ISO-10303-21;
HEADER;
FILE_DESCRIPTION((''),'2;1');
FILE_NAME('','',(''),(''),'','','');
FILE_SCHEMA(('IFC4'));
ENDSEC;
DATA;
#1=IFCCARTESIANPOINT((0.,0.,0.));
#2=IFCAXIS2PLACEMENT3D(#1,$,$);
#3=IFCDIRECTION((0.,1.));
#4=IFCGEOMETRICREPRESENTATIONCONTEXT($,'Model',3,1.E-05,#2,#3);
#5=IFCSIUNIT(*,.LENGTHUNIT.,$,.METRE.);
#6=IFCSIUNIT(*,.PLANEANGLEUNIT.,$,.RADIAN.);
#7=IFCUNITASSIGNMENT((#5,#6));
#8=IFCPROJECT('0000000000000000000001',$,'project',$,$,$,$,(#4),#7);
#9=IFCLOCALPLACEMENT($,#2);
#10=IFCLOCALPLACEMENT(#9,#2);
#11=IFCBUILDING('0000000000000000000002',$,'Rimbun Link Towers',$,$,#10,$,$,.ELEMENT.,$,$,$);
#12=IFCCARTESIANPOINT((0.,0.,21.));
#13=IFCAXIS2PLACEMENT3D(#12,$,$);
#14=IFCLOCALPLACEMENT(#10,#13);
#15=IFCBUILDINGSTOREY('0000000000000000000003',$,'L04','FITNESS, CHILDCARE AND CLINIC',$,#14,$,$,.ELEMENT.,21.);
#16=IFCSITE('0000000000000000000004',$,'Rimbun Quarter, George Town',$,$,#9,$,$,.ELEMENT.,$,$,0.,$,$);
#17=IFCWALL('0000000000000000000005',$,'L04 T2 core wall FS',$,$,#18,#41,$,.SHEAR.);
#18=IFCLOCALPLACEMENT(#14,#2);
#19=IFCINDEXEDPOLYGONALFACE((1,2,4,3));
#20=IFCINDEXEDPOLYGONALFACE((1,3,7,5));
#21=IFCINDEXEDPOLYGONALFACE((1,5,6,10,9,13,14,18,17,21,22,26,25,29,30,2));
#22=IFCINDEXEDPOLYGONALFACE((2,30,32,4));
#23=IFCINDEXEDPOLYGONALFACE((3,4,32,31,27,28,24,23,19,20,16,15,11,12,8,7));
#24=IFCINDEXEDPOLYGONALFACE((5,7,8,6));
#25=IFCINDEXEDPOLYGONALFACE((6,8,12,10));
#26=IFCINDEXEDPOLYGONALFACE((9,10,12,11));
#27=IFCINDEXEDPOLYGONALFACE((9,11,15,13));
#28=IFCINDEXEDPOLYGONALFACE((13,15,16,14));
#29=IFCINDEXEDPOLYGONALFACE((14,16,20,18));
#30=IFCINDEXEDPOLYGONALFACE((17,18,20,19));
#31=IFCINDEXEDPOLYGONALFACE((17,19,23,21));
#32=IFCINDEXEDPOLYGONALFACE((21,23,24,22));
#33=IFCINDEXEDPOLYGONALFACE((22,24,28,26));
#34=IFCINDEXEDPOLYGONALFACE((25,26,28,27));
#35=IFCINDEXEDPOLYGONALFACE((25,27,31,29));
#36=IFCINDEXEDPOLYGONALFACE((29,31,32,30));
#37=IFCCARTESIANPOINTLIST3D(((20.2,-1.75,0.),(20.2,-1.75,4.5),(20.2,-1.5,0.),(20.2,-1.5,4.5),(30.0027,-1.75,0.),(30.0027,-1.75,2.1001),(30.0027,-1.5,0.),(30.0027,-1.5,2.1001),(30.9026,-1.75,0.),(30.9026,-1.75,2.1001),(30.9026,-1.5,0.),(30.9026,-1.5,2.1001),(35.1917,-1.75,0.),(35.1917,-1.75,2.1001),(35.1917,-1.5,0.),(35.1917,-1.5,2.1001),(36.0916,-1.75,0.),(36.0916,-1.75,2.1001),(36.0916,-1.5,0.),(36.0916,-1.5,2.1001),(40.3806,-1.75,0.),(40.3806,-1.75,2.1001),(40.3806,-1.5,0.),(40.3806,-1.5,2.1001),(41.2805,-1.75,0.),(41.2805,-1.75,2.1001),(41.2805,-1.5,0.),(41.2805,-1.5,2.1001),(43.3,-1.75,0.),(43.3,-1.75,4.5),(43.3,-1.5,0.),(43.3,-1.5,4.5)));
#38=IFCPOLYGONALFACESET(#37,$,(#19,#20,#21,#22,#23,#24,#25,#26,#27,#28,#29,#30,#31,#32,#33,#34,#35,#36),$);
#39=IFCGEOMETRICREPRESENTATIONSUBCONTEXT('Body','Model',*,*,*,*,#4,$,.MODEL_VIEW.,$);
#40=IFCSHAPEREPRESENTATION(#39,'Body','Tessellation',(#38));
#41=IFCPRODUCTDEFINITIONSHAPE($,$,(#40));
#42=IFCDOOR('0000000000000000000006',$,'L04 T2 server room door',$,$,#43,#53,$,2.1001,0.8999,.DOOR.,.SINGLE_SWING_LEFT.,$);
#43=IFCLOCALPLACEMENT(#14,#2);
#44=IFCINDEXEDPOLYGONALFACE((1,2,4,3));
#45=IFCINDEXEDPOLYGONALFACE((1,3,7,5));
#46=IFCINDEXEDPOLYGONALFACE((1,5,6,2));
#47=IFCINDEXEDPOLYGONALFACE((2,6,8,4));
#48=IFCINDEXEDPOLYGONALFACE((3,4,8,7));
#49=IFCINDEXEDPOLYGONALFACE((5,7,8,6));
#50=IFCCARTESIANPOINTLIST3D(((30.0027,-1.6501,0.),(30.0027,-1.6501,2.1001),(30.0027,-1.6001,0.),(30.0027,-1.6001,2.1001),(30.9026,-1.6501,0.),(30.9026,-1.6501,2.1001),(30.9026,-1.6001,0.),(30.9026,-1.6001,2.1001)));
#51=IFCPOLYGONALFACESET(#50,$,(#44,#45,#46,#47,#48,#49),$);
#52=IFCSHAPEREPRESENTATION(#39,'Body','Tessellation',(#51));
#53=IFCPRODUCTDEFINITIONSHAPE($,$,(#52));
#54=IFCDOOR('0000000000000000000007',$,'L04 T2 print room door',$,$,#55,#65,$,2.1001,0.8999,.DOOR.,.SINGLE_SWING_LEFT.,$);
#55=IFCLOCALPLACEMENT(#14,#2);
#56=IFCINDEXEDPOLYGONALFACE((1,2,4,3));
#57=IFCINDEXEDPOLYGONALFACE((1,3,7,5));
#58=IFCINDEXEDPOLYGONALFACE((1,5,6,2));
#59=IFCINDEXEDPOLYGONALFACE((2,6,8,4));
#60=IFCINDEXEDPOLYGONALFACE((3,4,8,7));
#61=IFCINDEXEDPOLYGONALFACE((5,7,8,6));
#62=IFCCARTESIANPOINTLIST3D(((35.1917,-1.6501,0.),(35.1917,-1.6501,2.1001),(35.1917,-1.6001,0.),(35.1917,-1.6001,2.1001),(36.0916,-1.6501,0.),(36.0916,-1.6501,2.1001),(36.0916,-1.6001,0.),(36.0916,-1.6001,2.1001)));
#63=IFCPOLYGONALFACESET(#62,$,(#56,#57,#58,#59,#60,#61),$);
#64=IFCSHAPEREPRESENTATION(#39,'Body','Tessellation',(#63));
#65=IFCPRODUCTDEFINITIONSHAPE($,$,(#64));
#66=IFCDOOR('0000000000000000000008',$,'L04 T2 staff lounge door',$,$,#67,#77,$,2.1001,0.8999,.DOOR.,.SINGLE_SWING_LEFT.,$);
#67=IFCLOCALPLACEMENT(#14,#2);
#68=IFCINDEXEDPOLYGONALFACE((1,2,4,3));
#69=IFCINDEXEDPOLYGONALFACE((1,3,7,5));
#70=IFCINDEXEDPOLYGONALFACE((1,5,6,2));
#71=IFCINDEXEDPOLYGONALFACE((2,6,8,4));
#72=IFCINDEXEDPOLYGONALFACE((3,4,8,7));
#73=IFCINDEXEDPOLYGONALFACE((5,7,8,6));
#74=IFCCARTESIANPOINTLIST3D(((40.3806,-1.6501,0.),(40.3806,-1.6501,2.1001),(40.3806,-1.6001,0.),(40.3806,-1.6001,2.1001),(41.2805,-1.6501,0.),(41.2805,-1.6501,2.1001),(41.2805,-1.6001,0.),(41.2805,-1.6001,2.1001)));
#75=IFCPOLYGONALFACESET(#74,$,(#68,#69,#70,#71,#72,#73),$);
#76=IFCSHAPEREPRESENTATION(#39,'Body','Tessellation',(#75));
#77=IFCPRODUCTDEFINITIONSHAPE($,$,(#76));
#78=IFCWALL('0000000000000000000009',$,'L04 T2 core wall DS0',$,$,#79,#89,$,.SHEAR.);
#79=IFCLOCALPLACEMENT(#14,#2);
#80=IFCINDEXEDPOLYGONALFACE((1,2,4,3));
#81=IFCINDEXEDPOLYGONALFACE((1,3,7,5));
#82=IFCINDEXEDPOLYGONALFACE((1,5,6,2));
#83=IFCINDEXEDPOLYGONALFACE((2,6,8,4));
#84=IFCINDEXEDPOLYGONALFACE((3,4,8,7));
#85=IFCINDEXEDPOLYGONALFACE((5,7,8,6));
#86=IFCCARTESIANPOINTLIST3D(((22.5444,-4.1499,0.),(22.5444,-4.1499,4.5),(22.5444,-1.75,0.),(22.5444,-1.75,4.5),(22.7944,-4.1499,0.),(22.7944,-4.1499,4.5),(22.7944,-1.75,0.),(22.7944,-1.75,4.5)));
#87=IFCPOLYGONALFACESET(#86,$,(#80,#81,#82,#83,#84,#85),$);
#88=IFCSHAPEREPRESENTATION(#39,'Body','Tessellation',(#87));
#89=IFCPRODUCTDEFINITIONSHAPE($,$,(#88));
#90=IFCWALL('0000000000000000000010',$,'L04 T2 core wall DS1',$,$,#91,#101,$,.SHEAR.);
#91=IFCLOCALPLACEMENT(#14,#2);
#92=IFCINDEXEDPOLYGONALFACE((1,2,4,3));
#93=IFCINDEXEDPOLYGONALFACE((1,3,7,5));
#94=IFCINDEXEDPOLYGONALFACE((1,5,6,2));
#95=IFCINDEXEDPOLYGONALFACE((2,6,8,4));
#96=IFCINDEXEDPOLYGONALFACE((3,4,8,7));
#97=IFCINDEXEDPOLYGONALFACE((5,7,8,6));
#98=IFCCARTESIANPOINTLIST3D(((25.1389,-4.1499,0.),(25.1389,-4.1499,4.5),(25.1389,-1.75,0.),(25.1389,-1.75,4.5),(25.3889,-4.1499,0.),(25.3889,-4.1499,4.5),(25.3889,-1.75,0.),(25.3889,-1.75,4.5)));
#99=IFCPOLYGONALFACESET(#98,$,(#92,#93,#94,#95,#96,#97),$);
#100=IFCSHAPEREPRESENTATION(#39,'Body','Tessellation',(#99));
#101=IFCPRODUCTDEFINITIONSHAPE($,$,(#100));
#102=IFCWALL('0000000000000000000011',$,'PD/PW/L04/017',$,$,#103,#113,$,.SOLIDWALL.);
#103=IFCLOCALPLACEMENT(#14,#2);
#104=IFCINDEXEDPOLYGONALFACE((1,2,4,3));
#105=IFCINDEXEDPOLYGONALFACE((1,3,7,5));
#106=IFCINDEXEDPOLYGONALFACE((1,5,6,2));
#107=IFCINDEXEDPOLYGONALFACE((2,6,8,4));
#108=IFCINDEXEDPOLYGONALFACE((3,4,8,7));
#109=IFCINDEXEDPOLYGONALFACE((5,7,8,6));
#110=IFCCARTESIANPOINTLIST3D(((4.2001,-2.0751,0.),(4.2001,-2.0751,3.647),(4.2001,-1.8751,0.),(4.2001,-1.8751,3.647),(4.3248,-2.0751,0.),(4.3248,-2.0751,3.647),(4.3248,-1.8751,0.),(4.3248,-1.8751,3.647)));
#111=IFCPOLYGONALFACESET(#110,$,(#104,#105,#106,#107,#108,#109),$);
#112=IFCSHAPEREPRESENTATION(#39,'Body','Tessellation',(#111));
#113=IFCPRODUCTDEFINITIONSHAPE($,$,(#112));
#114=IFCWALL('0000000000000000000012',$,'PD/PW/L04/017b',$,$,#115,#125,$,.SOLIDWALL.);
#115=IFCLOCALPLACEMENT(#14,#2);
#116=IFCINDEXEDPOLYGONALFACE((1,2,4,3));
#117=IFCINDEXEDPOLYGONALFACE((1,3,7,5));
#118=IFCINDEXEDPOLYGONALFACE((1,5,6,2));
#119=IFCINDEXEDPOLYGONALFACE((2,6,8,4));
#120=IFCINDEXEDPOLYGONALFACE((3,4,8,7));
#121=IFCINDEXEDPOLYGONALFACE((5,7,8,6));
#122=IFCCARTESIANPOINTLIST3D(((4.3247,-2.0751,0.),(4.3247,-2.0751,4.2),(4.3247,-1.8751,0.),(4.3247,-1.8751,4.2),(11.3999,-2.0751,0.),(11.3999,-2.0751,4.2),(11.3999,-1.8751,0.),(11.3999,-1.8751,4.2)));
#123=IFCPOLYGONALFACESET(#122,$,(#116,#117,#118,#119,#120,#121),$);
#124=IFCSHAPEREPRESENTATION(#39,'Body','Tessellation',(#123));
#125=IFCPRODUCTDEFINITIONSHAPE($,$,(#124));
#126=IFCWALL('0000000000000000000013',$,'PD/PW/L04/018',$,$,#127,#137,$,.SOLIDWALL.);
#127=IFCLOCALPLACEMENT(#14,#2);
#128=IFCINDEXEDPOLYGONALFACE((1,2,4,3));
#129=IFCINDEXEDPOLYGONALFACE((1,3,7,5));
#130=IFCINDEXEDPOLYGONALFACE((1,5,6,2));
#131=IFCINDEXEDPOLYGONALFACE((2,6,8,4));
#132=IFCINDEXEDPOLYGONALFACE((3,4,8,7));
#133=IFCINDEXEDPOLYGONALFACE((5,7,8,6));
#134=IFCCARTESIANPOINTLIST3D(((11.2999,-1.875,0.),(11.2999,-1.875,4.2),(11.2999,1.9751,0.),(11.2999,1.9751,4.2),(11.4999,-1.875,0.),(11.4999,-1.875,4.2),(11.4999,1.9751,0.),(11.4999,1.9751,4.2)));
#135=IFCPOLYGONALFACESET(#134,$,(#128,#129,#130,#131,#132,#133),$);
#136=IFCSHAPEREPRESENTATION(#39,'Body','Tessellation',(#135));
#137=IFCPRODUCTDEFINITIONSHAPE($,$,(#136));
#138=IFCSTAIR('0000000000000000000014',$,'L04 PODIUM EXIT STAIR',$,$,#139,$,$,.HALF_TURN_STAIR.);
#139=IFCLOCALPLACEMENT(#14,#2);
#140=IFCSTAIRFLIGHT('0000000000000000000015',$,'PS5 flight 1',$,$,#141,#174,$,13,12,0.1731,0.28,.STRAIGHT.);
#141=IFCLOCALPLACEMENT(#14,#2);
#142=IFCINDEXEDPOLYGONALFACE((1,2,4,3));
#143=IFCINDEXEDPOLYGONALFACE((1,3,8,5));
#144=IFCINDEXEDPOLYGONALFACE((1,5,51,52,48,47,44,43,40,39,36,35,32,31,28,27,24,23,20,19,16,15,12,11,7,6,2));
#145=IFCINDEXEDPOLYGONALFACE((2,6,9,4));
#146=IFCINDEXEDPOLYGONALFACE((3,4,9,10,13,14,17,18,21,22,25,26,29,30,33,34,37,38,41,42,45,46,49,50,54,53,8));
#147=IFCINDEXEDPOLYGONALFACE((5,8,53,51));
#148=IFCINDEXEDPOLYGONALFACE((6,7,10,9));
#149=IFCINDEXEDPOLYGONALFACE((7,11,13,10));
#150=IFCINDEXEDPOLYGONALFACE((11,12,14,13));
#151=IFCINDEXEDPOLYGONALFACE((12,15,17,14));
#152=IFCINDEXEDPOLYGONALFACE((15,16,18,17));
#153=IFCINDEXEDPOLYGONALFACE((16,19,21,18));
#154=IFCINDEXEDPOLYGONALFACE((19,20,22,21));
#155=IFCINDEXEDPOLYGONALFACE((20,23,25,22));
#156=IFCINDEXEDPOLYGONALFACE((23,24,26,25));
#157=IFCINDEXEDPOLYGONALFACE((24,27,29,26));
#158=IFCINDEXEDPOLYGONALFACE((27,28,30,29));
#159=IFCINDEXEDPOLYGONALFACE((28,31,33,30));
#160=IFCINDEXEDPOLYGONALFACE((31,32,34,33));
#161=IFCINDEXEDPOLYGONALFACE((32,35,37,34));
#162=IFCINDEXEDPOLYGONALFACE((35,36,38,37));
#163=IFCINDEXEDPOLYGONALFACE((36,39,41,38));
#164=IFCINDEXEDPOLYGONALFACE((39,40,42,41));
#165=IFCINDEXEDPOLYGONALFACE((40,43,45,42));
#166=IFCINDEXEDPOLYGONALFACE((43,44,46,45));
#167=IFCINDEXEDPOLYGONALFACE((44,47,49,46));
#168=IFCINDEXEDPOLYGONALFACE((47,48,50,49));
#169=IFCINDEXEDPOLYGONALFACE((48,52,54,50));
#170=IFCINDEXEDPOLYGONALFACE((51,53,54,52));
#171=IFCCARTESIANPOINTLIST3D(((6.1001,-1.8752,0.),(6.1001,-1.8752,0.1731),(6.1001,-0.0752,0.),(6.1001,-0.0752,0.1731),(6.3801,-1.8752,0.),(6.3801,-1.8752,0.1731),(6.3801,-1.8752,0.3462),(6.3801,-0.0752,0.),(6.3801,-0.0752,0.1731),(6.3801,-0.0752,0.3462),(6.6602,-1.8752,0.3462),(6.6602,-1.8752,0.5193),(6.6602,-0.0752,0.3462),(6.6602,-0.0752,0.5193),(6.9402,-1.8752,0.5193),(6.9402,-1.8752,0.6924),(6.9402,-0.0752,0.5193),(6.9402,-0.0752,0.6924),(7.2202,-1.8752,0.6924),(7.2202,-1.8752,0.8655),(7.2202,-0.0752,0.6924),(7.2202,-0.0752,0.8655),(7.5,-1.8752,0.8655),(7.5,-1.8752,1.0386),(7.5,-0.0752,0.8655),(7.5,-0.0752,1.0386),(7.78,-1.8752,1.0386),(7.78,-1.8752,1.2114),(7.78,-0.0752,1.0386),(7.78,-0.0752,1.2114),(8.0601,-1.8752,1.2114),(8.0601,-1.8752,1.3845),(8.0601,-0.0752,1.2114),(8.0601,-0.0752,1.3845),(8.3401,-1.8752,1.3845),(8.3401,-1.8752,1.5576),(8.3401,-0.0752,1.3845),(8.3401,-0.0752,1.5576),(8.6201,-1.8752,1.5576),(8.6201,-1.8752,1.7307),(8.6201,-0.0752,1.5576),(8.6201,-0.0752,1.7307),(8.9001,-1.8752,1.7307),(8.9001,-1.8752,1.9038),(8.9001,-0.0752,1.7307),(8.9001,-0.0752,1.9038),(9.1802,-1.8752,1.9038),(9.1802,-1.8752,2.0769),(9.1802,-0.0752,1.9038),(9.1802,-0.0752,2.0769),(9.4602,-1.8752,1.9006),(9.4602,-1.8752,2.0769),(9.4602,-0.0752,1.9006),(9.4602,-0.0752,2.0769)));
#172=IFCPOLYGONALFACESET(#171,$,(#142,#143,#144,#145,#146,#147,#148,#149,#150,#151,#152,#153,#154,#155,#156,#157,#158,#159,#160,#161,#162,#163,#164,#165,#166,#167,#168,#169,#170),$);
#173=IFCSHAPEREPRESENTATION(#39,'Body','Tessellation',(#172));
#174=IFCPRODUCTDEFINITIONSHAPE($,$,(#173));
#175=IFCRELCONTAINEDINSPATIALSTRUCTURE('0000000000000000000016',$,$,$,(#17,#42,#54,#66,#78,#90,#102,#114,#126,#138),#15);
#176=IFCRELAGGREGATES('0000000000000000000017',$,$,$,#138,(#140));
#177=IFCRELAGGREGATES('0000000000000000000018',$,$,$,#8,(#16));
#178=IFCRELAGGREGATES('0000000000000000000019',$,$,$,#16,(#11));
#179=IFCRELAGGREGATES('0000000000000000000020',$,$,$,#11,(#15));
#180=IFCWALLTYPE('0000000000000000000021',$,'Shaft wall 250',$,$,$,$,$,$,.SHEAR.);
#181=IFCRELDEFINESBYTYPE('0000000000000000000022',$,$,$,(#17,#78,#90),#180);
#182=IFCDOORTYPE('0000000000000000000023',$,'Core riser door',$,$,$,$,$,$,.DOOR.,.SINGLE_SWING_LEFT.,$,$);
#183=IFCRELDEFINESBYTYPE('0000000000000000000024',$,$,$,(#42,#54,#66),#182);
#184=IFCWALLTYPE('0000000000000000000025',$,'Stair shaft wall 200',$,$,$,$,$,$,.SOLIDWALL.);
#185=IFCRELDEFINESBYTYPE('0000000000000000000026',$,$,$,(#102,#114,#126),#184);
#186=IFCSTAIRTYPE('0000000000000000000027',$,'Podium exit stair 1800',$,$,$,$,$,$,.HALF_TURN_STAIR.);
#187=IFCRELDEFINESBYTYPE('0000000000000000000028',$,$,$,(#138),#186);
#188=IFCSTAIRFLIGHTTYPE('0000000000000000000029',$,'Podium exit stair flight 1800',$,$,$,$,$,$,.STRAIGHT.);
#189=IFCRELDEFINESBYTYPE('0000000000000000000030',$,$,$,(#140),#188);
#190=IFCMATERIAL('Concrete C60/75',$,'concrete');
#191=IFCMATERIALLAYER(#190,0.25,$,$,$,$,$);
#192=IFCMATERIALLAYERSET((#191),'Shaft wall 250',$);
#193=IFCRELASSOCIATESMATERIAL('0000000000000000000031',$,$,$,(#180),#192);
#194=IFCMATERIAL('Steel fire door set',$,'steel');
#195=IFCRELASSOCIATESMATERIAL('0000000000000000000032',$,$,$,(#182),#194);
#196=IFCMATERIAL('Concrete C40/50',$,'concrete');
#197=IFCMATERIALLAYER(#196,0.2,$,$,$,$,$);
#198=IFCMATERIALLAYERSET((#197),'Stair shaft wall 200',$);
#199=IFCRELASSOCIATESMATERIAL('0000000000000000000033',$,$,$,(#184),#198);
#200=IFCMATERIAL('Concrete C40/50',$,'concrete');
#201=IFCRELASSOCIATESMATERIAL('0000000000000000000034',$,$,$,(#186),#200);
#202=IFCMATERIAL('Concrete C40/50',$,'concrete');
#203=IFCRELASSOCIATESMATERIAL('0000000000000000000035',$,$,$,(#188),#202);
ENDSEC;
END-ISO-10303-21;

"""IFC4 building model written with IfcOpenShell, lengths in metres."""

from ifc_helpers import new_model, si_unit, direction, frame, frame_2d, origin, place, context, subcontext, project, spatial, polyline, rectangle, outline, extrude, material, layer, layer_set, type_object, element, fill, aggregate, save


model = new_model("IFC4")

# Units and contexts
model_context = context("Model", 3, precision=1e-05, world=origin(), true_north=direction((0.0, 1.0)))
body_context = subcontext(model_context, "Body", "Model", "MODEL_VIEW")
ifc_project = project(units=[si_unit("LENGTHUNIT", "METRE"), si_unit("PLANEANGLEUNIT", "RADIAN")], contexts=[model_context])

# Site, building, storey
site_placement = place(None, origin())
site = spatial("IfcSite", under=ifc_project, at=site_placement, Name="Rimbun Quarter, George Town", CompositionType="ELEMENT", RefElevation=0.0)
building_placement = place(site_placement, origin())
building = spatial("IfcBuilding", under=site, at=building_placement, Name="Rimbun Link Towers", CompositionType="ELEMENT")
storey_placement = place(building_placement, frame((0.0, 0.0, 21.0)))
storey = spatial("IfcBuildingStorey", under=building, at=storey_placement, Name="L04", Description="FITNESS, CHILDCARE AND CLINIC", CompositionType="ELEMENT", Elevation=21.0)

# Shared definitions
ifc_material_1 = material(Name="Concrete C60/75", Category="concrete")
ifc_layer_1 = layer(ifc_material_1, 0.25)
ifc_layer_set_1 = layer_set([ifc_layer_1], Name="Shaft wall 250")
wall_type_1 = type_object("IfcWallType", Name="Shaft wall 250", PredefinedType="SHEAR", material=ifc_layer_set_1)

# Wall, openings, doors
wall_1_placement = place(storey_placement, frame((20.2, -1.625, 0.0), z_axis=(0.0, 0.0, 1.0), x_axis=(1.0, 0.0, 0.0)))
wall_1 = element("IfcWall", 1, at=wall_1_placement, inside=storey, type_object=wall_type_1, Name="L04 T2 core wall FS", PredefinedType="SHEAR", context=body_context, shape_type="SweptSolid", body=[
    extrude(rectangle(XDim=23.1001, YDim=0.25, at=frame_2d((11.55, 0.0))), origin(), (0.0, 0.0, 1.0), 4.5),
])
opening_1_placement = place(wall_1_placement, frame((9.8027, 0.0, 0.0)))
opening_1 = element("IfcOpeningElement", 2, at=opening_1_placement, cuts=wall_1, PredefinedType="OPENING", context=body_context, shape_type="SweptSolid", body=[
    extrude(rectangle(XDim=0.8999, YDim=2.1001, at=frame_2d((0.45, 1.05))), frame((0.0, 0.135, 0.0), z_axis=(0.0, -1.0, 0.0), x_axis=(1.0, 0.0, 0.0)), (0.0, 0.0, 1.0), 0.27),
])
opening_2_placement = place(wall_1_placement, frame((14.9917, 0.0, 0.0)))
opening_2 = element("IfcOpeningElement", 3, at=opening_2_placement, cuts=wall_1, PredefinedType="OPENING", context=body_context, shape_type="SweptSolid", body=[
    extrude(rectangle(XDim=0.8999, YDim=2.1001, at=frame_2d((0.45, 1.05))), frame((0.0, 0.135, 0.0), z_axis=(0.0, -1.0, 0.0), x_axis=(1.0, 0.0, 0.0)), (0.0, 0.0, 1.0), 0.27),
])
opening_3_placement = place(wall_1_placement, frame((20.1807, 0.0, 0.0)))
opening_3 = element("IfcOpeningElement", 4, at=opening_3_placement, cuts=wall_1, PredefinedType="OPENING", context=body_context, shape_type="SweptSolid", body=[
    extrude(rectangle(XDim=0.8999, YDim=2.1001, at=frame_2d((0.45, 1.05))), frame((0.0, 0.135, 0.0), z_axis=(0.0, -1.0, 0.0), x_axis=(1.0, 0.0, 0.0)), (0.0, 0.0, 1.0), 0.27),
])
ifc_material_2 = material(Name="Steel fire door set", Category="steel")
door_type_1 = type_object("IfcDoorType", Name="Core riser door", OperationType="SINGLE_SWING_LEFT", PredefinedType="DOOR", material=ifc_material_2)
door_1_placement = place(opening_1_placement, origin())
door_1 = element("IfcDoor", 5, at=door_1_placement, inside=storey, type_object=door_type_1, Name="L04 T2 server room door", OperationType="SINGLE_SWING_LEFT", OverallHeight=2.1001, OverallWidth=0.8999, PredefinedType="DOOR", context=body_context, shape_type="SweptSolid", body=[
    extrude(rectangle(XDim=0.8999, YDim=2.1001, at=frame_2d((0.45, 1.05))), frame((0.0, 0.0249, 0.0), z_axis=(0.0, -1.0, 0.0), x_axis=(1.0, 0.0, 0.0)), (0.0, 0.0, 1.0), 0.05),
])
fill(opening_1, door_1)
door_2_placement = place(opening_2_placement, origin())
door_2 = element("IfcDoor", 6, at=door_2_placement, inside=storey, type_object=door_type_1, Name="L04 T2 print room door", OperationType="SINGLE_SWING_LEFT", OverallHeight=2.1001, OverallWidth=0.8999, PredefinedType="DOOR", context=body_context, shape_type="SweptSolid", body=[
    extrude(rectangle(XDim=0.8999, YDim=2.1001, at=frame_2d((0.45, 1.05))), frame((0.0, 0.0249, 0.0), z_axis=(0.0, -1.0, 0.0), x_axis=(1.0, 0.0, 0.0)), (0.0, 0.0, 1.0), 0.05),
])
fill(opening_2, door_2)
door_3_placement = place(opening_3_placement, origin())
door_3 = element("IfcDoor", 7, at=door_3_placement, inside=storey, type_object=door_type_1, Name="L04 T2 staff lounge door", OperationType="SINGLE_SWING_LEFT", OverallHeight=2.1001, OverallWidth=0.8999, PredefinedType="DOOR", context=body_context, shape_type="SweptSolid", body=[
    extrude(rectangle(XDim=0.8999, YDim=2.1001, at=frame_2d((0.45, 1.05))), frame((0.0, 0.0249, 0.0), z_axis=(0.0, -1.0, 0.0), x_axis=(1.0, 0.0, 0.0)), (0.0, 0.0, 1.0), 0.05),
])
fill(opening_3, door_3)

# Walls
for number, where, z_axis, x_axis, name in (
    (8, (22.6694, -4.1499, 0.0), (0.0, 0.0, 1.0), (0.0, 1.0, 0.0), "L04 T2 core wall DS0"),
    (9, (25.2639, -4.1499, 0.0), (0.0, 0.0, 1.0), (0.0, 1.0, 0.0), "L04 T2 core wall DS1"),
):
    element("IfcWall", number, at=place(storey_placement, frame(where, z_axis=z_axis, x_axis=x_axis)), inside=storey, type_object=wall_type_1, Name=name, PredefinedType="SHEAR", context=body_context, shape_type="SweptSolid", body=[
        extrude(rectangle(XDim=2.3999, YDim=0.25, at=frame_2d((1.2, 0.0))), origin(), (0.0, 0.0, 1.0), 4.5),
    ])
ifc_material_3 = material(Name="Concrete C40/50", Category="concrete")
ifc_layer_2 = layer(ifc_material_3, 0.2)
ifc_layer_set_2 = layer_set([ifc_layer_2], Name="Stair shaft wall 200")
wall_type_2 = type_object("IfcWallType", Name="Stair shaft wall 200", PredefinedType="SOLIDWALL", material=ifc_layer_set_2)
wall_2_placement = place(storey_placement, frame((4.2, -1.9751, 0.0), z_axis=(0.0, 0.0, 1.0), x_axis=(1.0, 0.0, 0.0)))
element("IfcWall", 10, at=wall_2_placement, inside=storey, type_object=wall_type_2, Name="PD/PW/L04/017", PredefinedType="SOLIDWALL", context=body_context, shape_type="SweptSolid", body=[
    extrude(rectangle(XDim=0.1248, YDim=0.2, at=frame_2d((0.0625, 0.0))), origin(), (0.0, 0.0, 1.0), 3.647),
])
wall_3_placement = place(storey_placement, frame((4.3247, -1.9751, 0.0), z_axis=(0.0, 0.0, 1.0), x_axis=(1.0, 0.0, 0.0)))
element("IfcWall", 11, at=wall_3_placement, inside=storey, type_object=wall_type_2, Name="PD/PW/L04/017b", PredefinedType="SOLIDWALL", context=body_context, shape_type="SweptSolid", body=[
    extrude(rectangle(XDim=7.0752, YDim=0.2, at=frame_2d((3.5376, 0.0))), origin(), (0.0, 0.0, 1.0), 4.2),
])
wall_4_placement = place(storey_placement, frame((11.3999, -1.875, 0.0), z_axis=(0.0, 0.0, 1.0), x_axis=(0.0, 1.0, 0.0)))
element("IfcWall", 12, at=wall_4_placement, inside=storey, type_object=wall_type_2, Name="PD/PW/L04/018", PredefinedType="SOLIDWALL", context=body_context, shape_type="SweptSolid", body=[
    extrude(rectangle(XDim=3.8501, YDim=0.2, at=frame_2d((1.925, 0.0))), origin(), (0.0, 0.0, 1.0), 4.2),
])

# Stair, stair flight
ifc_material_4 = material(Name="Concrete C40/50", Category="concrete")
stair_type = type_object("IfcStairType", Name="Podium exit stair 1800", PredefinedType="HALF_TURN_STAIR", material=ifc_material_4)
stair_placement = place(storey_placement, origin())
stair = element("IfcStair", 13, at=stair_placement, inside=storey, type_object=stair_type, Name="L04 PODIUM EXIT STAIR", PredefinedType="HALF_TURN_STAIR")
ifc_material_5 = material(Name="Concrete C40/50", Category="concrete")
stair_flight_type = type_object("IfcStairFlightType", Name="Podium exit stair flight 1800", PredefinedType="STRAIGHT", material=ifc_material_5)
stair_flight_placement = place(storey_placement, frame((6.1001, -0.9751, 0.0), z_axis=(0.0, 0.0, 1.0), x_axis=(1.0, 0.0, 0.0)))
stair_flight = element("IfcStairFlight", 14, at=stair_flight_placement, type_object=stair_flight_type, Name="PS5 flight 1", NumberOfRisers=13, NumberOfTreads=12, PredefinedType="STRAIGHT", RiserHeight=0.1731, TreadLength=0.28, context=body_context, shape_type="SweptSolid", body=[
    extrude(outline(polyline([(0.0, 0.0), (0.0, 0.1731), (0.28, 0.1731), (0.28, 0.3462), (0.5601, 0.3462), (0.5601, 0.5193), (0.8401, 0.5193), (0.8401, 0.6924), (1.1201, 0.6924), (1.1201, 0.8655), (1.3999, 0.8655), (1.3999, 1.0386), (1.6799, 1.0386), (1.6799, 1.2114), (1.96, 1.2114), (1.96, 1.3845), (2.24, 1.3845), (2.24, 1.5576), (2.52, 1.5576), (2.52, 1.7307), (2.8, 1.7307), (2.8, 1.9038), (3.0801, 1.9038), (3.0801, 2.0769), (3.3601, 2.0769), (3.3601, 2.25), (3.3601, 1.9006), (0.28, 0.0), (0.0, 0.0)])), frame((0.0, 0.8999, 0.0), z_axis=(0.0, -1.0, 0.0), x_axis=(1.0, 0.0, 0.0)), (0.0, 0.0, 1.0), 1.8),
])
aggregate(stair, [stair_flight])

save(model, "model.ifc")
